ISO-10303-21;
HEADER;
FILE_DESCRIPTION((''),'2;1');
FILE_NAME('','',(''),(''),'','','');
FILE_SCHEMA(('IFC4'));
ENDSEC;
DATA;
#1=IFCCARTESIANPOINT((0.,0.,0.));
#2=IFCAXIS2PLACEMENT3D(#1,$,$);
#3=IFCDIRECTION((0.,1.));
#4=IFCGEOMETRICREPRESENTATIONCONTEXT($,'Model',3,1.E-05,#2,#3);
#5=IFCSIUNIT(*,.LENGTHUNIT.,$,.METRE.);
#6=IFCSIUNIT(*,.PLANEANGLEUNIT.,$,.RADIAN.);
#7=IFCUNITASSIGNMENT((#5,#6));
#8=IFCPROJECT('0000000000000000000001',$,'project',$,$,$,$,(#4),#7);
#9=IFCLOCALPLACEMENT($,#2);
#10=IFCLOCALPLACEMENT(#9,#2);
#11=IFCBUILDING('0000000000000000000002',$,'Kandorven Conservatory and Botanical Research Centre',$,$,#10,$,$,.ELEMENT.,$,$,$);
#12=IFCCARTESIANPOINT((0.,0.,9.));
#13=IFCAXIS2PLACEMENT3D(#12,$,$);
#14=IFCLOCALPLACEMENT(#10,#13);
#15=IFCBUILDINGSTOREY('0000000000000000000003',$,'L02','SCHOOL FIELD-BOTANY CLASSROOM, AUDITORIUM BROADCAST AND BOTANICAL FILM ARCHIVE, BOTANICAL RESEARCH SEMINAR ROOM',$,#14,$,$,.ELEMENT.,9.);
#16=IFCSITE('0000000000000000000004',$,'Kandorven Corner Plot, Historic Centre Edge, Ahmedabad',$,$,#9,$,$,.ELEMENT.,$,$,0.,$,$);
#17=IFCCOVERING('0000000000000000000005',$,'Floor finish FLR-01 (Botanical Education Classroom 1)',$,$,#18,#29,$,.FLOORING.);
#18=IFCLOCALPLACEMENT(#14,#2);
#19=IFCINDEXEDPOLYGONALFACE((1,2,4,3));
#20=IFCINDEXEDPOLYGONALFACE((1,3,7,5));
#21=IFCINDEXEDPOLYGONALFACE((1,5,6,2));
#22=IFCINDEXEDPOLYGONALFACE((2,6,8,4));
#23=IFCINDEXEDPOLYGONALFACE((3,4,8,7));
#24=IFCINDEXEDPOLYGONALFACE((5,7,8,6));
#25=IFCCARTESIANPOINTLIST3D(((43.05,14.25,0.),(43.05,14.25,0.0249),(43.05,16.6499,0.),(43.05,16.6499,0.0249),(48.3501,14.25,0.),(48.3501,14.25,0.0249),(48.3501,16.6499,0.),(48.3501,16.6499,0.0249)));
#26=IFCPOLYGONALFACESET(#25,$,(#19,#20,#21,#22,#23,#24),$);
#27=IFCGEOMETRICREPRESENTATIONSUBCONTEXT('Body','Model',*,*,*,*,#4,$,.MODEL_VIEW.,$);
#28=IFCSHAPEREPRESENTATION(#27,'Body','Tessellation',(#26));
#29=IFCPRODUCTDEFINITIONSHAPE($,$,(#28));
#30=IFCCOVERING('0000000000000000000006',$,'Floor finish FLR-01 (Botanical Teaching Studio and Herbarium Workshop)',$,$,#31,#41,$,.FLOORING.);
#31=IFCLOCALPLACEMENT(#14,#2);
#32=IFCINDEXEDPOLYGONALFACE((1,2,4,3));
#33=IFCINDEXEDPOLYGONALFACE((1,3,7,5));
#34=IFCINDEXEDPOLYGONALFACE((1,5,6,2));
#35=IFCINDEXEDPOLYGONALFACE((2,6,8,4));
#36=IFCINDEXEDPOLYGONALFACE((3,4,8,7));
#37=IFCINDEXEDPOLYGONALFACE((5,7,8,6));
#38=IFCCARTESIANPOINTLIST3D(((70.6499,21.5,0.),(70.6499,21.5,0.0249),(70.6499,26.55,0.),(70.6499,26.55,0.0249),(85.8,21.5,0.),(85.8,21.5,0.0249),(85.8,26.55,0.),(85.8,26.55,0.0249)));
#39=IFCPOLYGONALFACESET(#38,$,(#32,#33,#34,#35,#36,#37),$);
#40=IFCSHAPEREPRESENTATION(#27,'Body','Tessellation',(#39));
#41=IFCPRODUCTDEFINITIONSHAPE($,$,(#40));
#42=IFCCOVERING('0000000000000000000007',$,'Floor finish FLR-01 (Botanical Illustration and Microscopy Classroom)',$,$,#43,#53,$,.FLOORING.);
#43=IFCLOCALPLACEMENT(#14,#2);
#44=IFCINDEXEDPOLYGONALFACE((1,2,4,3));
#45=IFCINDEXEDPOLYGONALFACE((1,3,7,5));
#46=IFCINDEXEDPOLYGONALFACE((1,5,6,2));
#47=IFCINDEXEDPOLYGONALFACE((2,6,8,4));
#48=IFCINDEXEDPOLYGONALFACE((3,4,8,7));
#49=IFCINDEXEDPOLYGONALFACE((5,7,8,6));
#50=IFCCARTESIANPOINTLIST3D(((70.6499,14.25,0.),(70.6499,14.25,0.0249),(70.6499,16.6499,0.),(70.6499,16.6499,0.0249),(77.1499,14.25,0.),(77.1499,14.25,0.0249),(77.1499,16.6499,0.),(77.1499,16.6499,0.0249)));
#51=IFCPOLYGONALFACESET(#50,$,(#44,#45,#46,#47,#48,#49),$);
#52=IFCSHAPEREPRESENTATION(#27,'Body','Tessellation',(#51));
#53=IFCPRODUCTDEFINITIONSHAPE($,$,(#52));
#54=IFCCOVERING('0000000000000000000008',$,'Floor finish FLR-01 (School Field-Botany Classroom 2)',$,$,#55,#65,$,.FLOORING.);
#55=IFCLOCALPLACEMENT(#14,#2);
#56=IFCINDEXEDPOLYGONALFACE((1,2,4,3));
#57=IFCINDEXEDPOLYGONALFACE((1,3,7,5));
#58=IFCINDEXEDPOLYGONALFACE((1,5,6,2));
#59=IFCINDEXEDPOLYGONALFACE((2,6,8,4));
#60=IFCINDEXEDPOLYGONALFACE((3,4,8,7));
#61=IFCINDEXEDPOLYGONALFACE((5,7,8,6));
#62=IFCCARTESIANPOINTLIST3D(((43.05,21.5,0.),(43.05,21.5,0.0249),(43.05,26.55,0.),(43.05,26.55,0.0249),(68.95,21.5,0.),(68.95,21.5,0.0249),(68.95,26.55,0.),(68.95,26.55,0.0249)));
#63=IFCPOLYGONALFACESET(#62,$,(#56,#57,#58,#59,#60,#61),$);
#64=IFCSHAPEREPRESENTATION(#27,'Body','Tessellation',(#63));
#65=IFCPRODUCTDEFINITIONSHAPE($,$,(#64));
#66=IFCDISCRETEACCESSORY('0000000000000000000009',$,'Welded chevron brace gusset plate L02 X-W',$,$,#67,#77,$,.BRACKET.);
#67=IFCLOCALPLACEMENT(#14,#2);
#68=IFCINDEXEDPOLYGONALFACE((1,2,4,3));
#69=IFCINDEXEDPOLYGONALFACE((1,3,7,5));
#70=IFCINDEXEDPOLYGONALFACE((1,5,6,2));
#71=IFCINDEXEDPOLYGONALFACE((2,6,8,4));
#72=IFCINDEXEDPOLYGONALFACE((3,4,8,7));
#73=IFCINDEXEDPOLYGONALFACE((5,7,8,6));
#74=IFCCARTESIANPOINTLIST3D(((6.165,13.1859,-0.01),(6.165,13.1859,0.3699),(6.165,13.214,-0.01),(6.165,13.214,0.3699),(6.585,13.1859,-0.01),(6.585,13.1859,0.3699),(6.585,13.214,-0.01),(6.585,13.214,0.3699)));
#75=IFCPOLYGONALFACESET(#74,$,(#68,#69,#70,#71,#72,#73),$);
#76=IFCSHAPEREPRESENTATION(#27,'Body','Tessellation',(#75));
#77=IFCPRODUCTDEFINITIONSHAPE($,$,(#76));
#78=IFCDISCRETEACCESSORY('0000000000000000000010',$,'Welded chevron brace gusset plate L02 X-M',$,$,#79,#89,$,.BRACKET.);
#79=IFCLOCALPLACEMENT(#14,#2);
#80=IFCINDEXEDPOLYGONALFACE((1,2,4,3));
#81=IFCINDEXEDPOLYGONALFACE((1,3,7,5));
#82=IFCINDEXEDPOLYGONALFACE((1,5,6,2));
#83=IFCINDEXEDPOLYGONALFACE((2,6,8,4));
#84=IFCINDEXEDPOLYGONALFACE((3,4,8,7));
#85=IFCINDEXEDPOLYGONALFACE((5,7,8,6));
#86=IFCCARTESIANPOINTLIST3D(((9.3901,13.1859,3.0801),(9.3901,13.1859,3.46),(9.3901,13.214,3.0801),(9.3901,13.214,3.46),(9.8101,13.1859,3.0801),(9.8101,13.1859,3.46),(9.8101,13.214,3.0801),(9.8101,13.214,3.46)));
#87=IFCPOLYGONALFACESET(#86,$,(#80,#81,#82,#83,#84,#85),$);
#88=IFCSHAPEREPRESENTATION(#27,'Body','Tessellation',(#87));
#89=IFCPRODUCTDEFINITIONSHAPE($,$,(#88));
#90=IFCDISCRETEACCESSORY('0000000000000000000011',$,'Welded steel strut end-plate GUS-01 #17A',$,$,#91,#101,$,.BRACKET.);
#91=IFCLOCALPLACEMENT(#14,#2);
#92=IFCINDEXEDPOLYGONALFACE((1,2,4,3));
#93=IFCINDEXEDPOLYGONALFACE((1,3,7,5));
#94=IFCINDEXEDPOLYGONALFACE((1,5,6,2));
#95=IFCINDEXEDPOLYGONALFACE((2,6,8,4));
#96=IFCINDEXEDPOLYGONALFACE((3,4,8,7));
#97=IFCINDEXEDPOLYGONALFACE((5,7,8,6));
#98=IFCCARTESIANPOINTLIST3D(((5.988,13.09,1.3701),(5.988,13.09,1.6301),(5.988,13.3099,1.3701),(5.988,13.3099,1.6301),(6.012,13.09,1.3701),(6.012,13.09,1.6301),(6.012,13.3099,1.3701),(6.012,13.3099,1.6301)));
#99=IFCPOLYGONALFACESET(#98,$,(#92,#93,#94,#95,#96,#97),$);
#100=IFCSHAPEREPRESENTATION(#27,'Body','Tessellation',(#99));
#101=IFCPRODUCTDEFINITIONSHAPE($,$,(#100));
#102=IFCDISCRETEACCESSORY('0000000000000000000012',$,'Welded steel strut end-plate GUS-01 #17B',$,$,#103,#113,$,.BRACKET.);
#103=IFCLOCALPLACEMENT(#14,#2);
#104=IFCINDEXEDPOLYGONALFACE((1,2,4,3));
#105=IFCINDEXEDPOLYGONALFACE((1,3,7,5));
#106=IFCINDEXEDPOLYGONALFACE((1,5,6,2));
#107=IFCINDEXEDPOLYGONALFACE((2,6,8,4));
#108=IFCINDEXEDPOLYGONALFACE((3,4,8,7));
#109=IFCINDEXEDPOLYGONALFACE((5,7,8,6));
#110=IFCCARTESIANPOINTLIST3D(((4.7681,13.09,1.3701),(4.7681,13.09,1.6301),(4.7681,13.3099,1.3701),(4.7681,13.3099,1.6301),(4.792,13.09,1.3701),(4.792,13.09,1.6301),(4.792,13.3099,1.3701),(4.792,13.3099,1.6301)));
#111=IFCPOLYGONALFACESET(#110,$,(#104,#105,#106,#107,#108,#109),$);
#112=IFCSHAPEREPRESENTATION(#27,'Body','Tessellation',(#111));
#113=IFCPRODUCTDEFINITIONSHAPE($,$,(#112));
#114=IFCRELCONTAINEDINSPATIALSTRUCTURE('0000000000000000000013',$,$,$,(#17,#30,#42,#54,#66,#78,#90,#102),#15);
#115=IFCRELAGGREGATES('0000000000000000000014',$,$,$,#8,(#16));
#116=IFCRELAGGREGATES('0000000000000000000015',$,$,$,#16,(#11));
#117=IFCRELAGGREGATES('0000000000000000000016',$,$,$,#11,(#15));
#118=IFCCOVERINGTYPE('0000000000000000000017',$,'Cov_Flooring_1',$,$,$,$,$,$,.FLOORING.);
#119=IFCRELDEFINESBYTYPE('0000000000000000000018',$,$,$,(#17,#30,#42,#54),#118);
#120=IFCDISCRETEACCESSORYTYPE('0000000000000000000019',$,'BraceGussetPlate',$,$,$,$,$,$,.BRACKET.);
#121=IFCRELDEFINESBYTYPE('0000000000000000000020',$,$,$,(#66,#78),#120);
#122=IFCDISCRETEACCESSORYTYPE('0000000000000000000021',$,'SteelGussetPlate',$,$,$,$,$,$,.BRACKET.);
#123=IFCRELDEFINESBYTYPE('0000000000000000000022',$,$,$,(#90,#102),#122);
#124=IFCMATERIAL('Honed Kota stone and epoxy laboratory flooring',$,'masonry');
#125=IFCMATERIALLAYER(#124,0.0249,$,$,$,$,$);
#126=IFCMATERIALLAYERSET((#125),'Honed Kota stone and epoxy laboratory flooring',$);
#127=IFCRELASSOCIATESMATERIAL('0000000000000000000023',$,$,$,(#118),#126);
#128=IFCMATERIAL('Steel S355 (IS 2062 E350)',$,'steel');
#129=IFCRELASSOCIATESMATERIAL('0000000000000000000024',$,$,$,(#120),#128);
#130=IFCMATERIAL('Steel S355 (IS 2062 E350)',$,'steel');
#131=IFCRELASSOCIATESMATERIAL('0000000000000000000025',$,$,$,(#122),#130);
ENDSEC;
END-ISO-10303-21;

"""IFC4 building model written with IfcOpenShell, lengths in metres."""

from ifc_helpers import new_model, si_unit, direction, frame, origin, origin_2d, place, context, subcontext, project, spatial, polyline, rectangle, outline, extrude, material, layer, layer_set, type_object, element, save


model = new_model("IFC4")

# Units and contexts
model_context = context("Model", 3, precision=1e-05, world=origin(), true_north=direction((0.0, 1.0)))
body_context = subcontext(model_context, "Body", "Model", "MODEL_VIEW")
ifc_project = project(units=[si_unit("LENGTHUNIT", "METRE"), si_unit("PLANEANGLEUNIT", "RADIAN")], contexts=[model_context])

# Site, building, storey
site_placement = place(None, origin())
site = spatial("IfcSite", under=ifc_project, at=site_placement, Name="Kandorven Corner Plot, Historic Centre Edge, Ahmedabad", CompositionType="ELEMENT", RefElevation=0.0)
building_placement = place(site_placement, origin())
building = spatial("IfcBuilding", under=site, at=building_placement, Name="Kandorven Conservatory and Botanical Research Centre", CompositionType="ELEMENT")
storey_placement = place(building_placement, frame((0.0, 0.0, 9.0)))
storey = spatial("IfcBuildingStorey", under=building, at=storey_placement, Name="L02", Description="SCHOOL FIELD-BOTANY CLASSROOM, AUDITORIUM BROADCAST AND BOTANICAL FILM ARCHIVE, BOTANICAL RESEARCH SEMINAR ROOM", CompositionType="ELEMENT", Elevation=9.0)

# Coverings
ifc_material_1 = material(Name="Honed Kota stone and epoxy laboratory flooring", Category="masonry")
ifc_layer_1 = layer(ifc_material_1, 0.0249)
ifc_layer_set_1 = layer_set([ifc_layer_1], Name="Honed Kota stone and epoxy laboratory flooring")
covering_type_1 = type_object("IfcCoveringType", Name="Cov_Flooring_1", PredefinedType="FLOORING", material=ifc_layer_set_1)
covering_1_placement = place(storey_placement, origin())
element("IfcCovering", 1, at=covering_1_placement, inside=storey, type_object=covering_type_1, Name="Floor finish FLR-01 (Botanical Education Classroom 1)", PredefinedType="FLOORING", context=body_context, shape_type="SweptSolid", body=[
    extrude(outline(polyline([(43.05, 14.25), (48.3501, 14.25), (48.3501, 16.6499), (43.05, 16.6499), (43.05, 14.25)])), origin(), (0.0, 0.0, 1.0), 0.0249),
])
covering_2_placement = place(storey_placement, origin())
element("IfcCovering", 2, at=covering_2_placement, inside=storey, type_object=covering_type_1, Name="Floor finish FLR-01 (Botanical Teaching Studio and Herbarium Workshop)", PredefinedType="FLOORING", context=body_context, shape_type="SweptSolid", body=[
    extrude(outline(polyline([(70.6499, 21.5), (85.8, 21.5), (85.8, 26.55), (70.6499, 26.55), (70.6499, 21.5)])), origin(), (0.0, 0.0, 1.0), 0.0249),
])
covering_3_placement = place(storey_placement, origin())
element("IfcCovering", 3, at=covering_3_placement, inside=storey, type_object=covering_type_1, Name="Floor finish FLR-01 (Botanical Illustration and Microscopy Classroom)", PredefinedType="FLOORING", context=body_context, shape_type="SweptSolid", body=[
    extrude(outline(polyline([(70.6499, 14.25), (77.1499, 14.25), (77.1499, 16.6499), (70.6499, 16.6499), (70.6499, 14.25)])), origin(), (0.0, 0.0, 1.0), 0.0249),
])
covering_4_placement = place(storey_placement, origin())
element("IfcCovering", 4, at=covering_4_placement, inside=storey, type_object=covering_type_1, Name="Floor finish FLR-01 (School Field-Botany Classroom 2)", PredefinedType="FLOORING", context=body_context, shape_type="SweptSolid", body=[
    extrude(outline(polyline([(43.05, 21.5), (68.95, 21.5), (68.95, 26.55), (43.05, 26.55), (43.05, 21.5)])), origin(), (0.0, 0.0, 1.0), 0.0249),
])

# Discrete accessories
ifc_material_2 = material(Name="Steel S355 (IS 2062 E350)", Category="steel")
discrete_accessory_type_1 = type_object("IfcDiscreteAccessoryType", Name="BraceGussetPlate", PredefinedType="BRACKET", material=ifc_material_2)
for number, where, z_axis, x_axis, name in (
    (5, (6.375, 13.2, -0.01), (0.0, 0.0, 1.0), (1.0, 0.0, 0.0), "Welded chevron brace gusset plate L02 X-W"),
    (6, (9.6001, 13.2, 3.0801), (0.0, 0.0, 1.0), (1.0, 0.0, 0.0), "Welded chevron brace gusset plate L02 X-M"),
):
    element("IfcDiscreteAccessory", number, at=place(storey_placement, frame(where, z_axis=z_axis, x_axis=x_axis)), inside=storey, type_object=discrete_accessory_type_1, Name=name, PredefinedType="BRACKET", context=body_context, shape_type="SweptSolid", body=[
        extrude(rectangle(XDim=0.4199, YDim=0.0281, at=origin_2d()), origin(), (0.0, 0.0, 1.0), 0.3799),
    ])
ifc_material_3 = material(Name="Steel S355 (IS 2062 E350)", Category="steel")
discrete_accessory_type_2 = type_object("IfcDiscreteAccessoryType", Name="SteelGussetPlate", PredefinedType="BRACKET", material=ifc_material_3)
for number, where, z_axis, x_axis, name in (
    (7, (6.0, 13.2, 1.3701), (0.0, 0.0, 1.0), (1.0, 0.0, 0.0), "Welded steel strut end-plate GUS-01 #17A"),
    (8, (4.78, 13.2, 1.3701), (0.0, 0.0, 1.0), (1.0, 0.0, 0.0), "Welded steel strut end-plate GUS-01 #17B"),
):
    element("IfcDiscreteAccessory", number, at=place(storey_placement, frame(where, z_axis=z_axis, x_axis=x_axis)), inside=storey, type_object=discrete_accessory_type_2, Name=name, PredefinedType="BRACKET", context=body_context, shape_type="SweptSolid", body=[
        extrude(rectangle(XDim=0.0239, YDim=0.22, at=origin_2d()), origin(), (0.0, 0.0, 1.0), 0.26),
    ])

save(model, "model.ifc")
